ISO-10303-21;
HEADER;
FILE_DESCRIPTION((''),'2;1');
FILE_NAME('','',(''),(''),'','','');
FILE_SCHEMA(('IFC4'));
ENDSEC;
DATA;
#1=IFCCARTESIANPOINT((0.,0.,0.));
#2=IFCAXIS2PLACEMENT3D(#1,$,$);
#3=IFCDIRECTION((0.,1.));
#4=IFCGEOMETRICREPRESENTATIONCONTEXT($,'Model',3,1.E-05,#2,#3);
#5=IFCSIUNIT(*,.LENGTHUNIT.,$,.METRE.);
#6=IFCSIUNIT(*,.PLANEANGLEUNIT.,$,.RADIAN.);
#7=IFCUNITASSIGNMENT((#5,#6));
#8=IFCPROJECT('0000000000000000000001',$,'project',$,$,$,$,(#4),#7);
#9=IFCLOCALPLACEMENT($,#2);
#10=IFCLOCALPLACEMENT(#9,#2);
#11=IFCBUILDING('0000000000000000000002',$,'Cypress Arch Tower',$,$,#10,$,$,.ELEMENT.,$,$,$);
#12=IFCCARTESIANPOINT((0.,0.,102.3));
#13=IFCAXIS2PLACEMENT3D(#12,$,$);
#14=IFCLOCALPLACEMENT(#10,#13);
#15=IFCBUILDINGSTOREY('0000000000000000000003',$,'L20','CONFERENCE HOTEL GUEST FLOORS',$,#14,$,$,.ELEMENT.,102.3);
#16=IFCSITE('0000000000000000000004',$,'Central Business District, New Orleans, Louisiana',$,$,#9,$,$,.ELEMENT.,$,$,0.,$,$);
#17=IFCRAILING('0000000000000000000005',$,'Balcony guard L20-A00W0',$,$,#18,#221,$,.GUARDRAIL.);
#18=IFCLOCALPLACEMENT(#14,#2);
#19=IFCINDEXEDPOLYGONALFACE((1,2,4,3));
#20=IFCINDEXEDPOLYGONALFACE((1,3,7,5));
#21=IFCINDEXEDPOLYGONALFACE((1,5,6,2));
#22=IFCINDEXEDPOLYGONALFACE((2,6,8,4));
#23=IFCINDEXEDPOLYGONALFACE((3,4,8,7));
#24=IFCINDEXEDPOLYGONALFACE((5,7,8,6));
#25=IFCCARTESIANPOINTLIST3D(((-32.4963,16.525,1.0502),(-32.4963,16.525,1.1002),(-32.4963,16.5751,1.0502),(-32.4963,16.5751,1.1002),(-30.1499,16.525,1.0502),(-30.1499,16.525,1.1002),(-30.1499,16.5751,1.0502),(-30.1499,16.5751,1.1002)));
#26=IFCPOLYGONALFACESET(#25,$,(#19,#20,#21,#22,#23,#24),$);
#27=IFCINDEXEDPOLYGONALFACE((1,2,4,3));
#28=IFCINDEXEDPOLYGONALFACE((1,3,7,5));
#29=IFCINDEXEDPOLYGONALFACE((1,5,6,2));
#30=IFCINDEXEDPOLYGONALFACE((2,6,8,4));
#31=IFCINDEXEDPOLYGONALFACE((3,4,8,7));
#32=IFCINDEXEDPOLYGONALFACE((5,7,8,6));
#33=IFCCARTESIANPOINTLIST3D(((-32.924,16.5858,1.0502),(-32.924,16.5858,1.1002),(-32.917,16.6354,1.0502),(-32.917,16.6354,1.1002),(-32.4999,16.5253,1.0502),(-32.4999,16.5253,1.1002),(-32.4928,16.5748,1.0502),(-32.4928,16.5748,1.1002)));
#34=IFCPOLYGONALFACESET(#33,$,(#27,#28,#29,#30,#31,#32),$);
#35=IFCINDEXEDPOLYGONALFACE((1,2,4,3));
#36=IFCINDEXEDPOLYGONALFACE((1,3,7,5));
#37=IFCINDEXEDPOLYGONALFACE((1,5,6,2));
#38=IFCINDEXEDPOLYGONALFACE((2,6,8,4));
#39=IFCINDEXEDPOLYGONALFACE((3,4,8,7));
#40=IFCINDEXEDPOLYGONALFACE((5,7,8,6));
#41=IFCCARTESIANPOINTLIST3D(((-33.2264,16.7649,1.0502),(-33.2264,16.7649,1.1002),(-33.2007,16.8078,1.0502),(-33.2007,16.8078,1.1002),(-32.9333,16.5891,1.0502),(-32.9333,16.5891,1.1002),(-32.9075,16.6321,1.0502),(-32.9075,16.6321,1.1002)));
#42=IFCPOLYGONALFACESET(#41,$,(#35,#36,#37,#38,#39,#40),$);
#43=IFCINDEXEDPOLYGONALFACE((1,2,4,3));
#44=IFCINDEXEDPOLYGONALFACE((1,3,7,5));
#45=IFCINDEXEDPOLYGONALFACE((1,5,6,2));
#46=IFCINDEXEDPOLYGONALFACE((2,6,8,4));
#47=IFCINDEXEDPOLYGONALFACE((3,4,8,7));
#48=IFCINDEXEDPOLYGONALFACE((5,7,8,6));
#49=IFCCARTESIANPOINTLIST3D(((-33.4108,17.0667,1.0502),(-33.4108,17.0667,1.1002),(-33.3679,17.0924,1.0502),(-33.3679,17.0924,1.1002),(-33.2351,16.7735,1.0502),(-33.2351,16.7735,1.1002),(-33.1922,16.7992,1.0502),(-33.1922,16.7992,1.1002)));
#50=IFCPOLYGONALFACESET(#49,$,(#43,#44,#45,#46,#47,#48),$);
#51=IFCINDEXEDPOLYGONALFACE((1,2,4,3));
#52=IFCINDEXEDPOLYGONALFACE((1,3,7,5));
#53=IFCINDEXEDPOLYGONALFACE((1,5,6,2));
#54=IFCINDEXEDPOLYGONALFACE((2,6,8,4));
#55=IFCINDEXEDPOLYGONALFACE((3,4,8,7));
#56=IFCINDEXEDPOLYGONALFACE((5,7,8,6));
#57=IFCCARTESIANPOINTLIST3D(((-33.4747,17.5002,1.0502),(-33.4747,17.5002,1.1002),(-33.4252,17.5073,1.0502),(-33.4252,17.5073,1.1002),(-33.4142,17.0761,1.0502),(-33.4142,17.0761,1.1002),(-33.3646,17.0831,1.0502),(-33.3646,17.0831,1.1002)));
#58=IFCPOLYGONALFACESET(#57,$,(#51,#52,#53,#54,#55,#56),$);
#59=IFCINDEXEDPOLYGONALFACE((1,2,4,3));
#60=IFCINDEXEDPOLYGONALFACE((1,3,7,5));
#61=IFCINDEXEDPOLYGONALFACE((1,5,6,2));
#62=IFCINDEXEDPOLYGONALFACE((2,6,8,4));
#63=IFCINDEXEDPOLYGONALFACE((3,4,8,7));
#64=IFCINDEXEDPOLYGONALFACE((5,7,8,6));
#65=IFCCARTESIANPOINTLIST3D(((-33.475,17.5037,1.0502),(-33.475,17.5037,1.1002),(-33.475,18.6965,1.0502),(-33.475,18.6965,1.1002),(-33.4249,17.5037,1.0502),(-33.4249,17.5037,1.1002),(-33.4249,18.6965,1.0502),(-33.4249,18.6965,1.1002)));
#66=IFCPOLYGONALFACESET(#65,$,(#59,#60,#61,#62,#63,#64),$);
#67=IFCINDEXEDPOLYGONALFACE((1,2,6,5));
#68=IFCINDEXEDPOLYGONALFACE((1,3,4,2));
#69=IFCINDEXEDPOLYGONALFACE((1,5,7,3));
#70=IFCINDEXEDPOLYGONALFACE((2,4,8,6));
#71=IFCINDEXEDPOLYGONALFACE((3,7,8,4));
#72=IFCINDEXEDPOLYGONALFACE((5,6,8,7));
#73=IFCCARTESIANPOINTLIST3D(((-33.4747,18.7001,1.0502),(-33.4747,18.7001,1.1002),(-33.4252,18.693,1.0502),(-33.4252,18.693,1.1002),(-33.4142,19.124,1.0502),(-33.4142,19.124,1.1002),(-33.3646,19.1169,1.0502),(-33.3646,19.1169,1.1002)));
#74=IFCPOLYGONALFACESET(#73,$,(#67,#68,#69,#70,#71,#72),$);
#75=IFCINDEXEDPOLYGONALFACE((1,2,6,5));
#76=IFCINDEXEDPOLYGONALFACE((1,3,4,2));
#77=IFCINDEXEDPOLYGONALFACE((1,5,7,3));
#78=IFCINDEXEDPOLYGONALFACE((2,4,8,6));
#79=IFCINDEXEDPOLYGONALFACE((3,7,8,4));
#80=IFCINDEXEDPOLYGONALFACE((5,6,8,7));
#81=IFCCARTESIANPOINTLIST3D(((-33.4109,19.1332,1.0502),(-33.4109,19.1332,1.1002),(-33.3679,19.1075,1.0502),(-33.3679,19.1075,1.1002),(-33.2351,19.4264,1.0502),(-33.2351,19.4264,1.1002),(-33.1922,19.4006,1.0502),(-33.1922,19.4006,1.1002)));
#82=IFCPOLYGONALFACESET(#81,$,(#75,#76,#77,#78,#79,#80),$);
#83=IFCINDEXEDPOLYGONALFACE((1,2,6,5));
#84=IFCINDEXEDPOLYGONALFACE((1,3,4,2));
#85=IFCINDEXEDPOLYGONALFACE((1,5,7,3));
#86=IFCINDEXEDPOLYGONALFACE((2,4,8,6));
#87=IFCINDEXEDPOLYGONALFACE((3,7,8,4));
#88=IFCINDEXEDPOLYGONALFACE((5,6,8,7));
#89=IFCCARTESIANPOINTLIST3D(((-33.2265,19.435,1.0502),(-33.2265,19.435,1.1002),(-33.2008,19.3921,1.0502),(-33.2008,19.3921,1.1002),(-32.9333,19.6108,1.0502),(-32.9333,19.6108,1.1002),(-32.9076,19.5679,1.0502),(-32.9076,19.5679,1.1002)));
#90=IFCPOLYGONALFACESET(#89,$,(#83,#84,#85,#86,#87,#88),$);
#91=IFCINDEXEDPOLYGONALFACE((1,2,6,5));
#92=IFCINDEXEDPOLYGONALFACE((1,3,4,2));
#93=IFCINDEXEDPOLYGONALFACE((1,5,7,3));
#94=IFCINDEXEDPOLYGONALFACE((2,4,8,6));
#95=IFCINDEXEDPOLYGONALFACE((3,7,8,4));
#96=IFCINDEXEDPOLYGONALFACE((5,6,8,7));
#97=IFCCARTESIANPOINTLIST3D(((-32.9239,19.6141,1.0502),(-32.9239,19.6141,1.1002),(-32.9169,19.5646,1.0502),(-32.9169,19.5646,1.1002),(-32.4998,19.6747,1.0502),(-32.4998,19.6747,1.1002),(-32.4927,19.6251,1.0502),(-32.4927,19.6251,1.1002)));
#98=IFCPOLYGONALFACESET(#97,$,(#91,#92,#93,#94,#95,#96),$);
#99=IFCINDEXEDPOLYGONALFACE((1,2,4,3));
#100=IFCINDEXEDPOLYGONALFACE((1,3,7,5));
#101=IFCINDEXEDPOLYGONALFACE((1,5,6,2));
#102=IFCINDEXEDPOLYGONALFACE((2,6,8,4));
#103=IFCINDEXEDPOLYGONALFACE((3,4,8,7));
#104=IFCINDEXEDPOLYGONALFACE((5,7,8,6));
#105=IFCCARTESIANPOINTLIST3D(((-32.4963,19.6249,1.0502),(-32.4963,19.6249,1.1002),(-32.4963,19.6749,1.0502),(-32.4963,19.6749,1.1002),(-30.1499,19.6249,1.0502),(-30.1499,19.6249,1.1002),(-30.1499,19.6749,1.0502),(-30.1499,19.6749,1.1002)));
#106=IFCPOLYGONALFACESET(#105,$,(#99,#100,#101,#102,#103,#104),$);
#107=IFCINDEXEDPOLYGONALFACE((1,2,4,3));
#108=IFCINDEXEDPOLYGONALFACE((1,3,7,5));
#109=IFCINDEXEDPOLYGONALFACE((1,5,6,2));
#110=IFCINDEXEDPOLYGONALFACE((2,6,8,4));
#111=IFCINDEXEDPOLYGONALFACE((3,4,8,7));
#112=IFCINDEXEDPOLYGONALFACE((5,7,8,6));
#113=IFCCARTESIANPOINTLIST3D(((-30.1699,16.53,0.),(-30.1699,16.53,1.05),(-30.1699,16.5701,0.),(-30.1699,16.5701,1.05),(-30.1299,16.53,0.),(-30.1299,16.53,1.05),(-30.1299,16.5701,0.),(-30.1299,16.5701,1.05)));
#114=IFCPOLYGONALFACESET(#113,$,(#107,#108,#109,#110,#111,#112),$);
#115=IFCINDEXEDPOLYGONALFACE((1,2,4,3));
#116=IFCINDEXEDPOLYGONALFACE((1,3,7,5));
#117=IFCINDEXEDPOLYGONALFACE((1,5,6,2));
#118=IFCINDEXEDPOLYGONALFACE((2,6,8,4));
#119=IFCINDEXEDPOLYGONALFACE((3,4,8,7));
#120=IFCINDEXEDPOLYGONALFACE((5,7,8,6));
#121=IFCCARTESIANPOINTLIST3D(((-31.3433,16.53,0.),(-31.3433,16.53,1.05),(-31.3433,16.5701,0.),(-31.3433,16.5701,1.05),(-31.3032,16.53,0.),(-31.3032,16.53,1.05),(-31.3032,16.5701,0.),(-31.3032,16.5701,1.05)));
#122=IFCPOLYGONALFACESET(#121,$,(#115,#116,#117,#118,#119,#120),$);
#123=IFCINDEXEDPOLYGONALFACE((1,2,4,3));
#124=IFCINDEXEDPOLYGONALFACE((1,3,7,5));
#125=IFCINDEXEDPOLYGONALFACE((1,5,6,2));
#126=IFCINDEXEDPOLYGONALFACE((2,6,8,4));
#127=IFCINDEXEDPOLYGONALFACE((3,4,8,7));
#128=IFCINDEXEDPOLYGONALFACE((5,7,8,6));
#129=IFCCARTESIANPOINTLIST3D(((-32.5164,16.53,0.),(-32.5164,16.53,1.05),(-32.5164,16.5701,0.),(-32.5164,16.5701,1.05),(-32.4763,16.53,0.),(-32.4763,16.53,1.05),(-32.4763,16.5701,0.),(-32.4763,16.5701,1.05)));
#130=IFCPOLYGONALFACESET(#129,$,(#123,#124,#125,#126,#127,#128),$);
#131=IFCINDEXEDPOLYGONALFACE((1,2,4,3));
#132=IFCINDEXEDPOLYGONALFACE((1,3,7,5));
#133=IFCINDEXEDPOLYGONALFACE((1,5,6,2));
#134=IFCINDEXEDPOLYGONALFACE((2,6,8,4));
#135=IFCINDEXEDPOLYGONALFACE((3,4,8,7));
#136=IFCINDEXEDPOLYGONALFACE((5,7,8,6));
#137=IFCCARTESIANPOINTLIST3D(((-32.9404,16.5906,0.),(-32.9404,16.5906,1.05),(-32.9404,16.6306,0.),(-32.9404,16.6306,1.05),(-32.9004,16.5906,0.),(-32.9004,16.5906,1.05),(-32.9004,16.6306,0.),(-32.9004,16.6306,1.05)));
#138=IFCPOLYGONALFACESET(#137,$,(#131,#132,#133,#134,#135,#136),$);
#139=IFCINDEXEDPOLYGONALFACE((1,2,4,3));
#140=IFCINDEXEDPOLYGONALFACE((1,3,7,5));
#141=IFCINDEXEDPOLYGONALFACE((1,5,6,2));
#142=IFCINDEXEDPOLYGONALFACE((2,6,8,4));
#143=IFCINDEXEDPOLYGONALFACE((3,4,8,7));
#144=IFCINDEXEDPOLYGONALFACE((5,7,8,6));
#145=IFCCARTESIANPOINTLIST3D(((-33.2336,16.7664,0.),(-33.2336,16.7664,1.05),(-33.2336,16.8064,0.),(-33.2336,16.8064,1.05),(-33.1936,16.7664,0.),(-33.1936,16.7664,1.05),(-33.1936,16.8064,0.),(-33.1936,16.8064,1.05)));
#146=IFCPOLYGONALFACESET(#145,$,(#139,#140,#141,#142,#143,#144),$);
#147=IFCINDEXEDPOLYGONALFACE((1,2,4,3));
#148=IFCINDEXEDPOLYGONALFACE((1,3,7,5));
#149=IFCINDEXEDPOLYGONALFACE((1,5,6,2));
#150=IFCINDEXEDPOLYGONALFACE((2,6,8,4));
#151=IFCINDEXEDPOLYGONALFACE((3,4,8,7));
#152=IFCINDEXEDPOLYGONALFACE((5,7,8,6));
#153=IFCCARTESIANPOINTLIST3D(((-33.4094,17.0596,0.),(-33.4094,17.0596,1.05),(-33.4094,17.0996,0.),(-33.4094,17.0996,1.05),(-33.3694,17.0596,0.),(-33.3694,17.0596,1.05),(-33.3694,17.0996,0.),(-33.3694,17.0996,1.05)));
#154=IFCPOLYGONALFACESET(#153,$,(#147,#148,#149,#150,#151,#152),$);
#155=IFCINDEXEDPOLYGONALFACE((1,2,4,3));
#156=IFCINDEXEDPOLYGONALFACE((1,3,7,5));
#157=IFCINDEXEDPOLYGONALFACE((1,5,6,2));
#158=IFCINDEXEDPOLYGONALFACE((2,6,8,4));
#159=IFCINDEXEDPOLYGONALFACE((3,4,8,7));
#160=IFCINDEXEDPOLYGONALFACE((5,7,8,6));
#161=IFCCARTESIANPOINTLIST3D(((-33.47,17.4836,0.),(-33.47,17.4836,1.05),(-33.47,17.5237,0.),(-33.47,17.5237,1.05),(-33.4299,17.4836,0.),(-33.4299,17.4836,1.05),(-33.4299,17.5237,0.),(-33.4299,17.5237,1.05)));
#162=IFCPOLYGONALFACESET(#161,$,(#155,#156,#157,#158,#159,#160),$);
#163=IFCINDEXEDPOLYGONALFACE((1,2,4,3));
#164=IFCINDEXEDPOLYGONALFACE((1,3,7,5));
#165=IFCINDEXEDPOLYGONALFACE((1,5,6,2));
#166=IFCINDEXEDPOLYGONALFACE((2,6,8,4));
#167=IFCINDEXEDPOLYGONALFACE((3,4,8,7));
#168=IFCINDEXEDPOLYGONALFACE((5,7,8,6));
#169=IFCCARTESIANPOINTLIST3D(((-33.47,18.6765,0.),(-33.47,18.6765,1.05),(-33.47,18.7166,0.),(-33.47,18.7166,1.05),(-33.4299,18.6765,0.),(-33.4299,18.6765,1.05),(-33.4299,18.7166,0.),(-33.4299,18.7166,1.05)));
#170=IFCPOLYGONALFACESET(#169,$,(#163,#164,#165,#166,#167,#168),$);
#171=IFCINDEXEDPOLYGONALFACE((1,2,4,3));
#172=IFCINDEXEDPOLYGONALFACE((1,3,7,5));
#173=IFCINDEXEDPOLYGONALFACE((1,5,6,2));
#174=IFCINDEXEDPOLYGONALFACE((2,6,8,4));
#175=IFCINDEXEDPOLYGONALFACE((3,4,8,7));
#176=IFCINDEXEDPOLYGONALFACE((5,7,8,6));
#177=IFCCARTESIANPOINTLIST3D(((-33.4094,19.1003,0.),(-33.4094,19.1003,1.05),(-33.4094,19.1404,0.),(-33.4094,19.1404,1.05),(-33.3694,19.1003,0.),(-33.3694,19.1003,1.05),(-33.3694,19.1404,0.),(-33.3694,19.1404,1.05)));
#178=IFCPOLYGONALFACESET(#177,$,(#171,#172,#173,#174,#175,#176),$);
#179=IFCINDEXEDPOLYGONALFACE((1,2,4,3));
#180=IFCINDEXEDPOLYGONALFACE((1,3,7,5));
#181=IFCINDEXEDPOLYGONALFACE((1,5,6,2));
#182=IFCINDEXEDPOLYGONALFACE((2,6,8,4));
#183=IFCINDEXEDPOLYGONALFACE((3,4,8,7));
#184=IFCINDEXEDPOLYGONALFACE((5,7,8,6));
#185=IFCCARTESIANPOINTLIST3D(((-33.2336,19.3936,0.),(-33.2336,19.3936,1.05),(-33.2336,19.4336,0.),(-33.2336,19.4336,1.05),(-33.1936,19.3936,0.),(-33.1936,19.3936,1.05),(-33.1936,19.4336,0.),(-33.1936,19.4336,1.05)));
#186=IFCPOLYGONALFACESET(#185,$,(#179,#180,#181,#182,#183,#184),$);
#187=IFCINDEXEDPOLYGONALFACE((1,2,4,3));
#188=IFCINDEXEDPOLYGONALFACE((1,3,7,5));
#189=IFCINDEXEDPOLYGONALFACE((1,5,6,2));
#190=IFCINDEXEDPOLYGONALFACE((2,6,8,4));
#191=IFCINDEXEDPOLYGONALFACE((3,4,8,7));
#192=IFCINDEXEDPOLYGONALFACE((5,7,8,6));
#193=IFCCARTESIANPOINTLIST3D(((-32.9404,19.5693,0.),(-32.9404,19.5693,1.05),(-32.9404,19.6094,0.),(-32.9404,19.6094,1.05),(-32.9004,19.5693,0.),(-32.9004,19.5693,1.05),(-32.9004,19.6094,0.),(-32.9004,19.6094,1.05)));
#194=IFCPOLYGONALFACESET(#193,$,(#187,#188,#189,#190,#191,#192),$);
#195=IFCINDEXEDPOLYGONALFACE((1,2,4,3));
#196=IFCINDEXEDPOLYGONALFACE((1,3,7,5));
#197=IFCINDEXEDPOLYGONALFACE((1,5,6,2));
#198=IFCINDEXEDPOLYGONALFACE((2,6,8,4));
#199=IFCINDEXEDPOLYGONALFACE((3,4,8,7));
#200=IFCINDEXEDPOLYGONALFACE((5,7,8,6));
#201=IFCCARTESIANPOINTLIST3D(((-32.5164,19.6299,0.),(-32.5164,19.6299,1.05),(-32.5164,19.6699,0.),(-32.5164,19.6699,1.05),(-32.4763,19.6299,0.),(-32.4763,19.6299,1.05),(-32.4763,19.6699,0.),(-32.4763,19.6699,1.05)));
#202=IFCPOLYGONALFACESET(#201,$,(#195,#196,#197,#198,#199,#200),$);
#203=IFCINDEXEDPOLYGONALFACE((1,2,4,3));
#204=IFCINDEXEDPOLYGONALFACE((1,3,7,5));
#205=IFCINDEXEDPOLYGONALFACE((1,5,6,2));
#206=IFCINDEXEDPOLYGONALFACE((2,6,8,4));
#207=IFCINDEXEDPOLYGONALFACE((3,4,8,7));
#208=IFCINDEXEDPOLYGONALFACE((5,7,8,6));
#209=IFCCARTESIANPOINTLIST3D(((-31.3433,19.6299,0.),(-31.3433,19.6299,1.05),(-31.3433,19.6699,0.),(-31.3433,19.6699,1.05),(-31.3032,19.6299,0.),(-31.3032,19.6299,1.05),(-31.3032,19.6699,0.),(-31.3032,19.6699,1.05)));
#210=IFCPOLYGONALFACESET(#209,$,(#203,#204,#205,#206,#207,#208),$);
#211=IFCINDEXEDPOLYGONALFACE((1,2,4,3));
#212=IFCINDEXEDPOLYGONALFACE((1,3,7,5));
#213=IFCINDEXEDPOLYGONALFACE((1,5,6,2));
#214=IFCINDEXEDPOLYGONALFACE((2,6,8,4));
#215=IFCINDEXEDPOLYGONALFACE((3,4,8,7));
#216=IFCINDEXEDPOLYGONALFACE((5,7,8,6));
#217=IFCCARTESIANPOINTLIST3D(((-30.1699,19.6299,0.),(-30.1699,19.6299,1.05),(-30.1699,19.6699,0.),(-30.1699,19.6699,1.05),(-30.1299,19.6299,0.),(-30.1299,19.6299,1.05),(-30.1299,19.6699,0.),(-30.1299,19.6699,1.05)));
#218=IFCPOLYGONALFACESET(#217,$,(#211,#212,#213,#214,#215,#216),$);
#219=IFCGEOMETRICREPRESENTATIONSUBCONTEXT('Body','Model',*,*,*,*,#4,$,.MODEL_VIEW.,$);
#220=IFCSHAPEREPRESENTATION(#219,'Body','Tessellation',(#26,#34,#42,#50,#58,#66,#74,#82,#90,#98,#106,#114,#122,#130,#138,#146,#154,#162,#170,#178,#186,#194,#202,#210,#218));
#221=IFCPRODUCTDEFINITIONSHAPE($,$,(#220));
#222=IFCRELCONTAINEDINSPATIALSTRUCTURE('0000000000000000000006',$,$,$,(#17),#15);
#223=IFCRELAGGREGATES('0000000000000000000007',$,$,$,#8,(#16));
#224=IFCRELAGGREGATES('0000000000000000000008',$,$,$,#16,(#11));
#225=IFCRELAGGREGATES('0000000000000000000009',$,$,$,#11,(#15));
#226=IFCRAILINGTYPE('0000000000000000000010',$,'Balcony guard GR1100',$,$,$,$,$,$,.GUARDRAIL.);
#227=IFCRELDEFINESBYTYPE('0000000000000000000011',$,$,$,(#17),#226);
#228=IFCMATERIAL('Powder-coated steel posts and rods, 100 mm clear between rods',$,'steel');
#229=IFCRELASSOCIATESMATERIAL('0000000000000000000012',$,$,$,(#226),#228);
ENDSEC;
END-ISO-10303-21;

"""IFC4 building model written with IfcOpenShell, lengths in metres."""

from ifc_helpers import new_model, si_unit, direction, frame, origin, origin_2d, place, context, subcontext, project, spatial, rectangle, extrude, material, type_object, element, save


model = new_model("IFC4")

# Units and contexts
model_context = context("Model", 3, precision=1e-05, world=origin(), true_north=direction((0.0, 1.0)))
body_context = subcontext(model_context, "Body", "Model", "MODEL_VIEW")
ifc_project = project(units=[si_unit("LENGTHUNIT", "METRE"), si_unit("PLANEANGLEUNIT", "RADIAN")], contexts=[model_context])

# Site, building, storey
site_placement = place(None, origin())
site = spatial("IfcSite", under=ifc_project, at=site_placement, Name="Central Business District, New Orleans, Louisiana", CompositionType="ELEMENT", RefElevation=0.0)
building_placement = place(site_placement, origin())
building = spatial("IfcBuilding", under=site, at=building_placement, Name="Cypress Arch Tower", CompositionType="ELEMENT")
storey_placement = place(building_placement, frame((0.0, 0.0, 102.3)))
storey = spatial("IfcBuildingStorey", under=building, at=storey_placement, Name="L20", Description="CONFERENCE HOTEL GUEST FLOORS", CompositionType="ELEMENT", Elevation=102.3)

# Railing
ifc_material_1 = material(Name="Powder-coated steel posts and rods, 100 mm clear between rods", Category="steel")
railing_type_1 = type_object("IfcRailingType", Name="Balcony guard GR1100", PredefinedType="GUARDRAIL", material=ifc_material_1)
railing_1_placement = place(storey_placement, frame((-30.1499, 16.55, 0.0)))
element("IfcRailing", 1, at=railing_1_placement, inside=storey, type_object=railing_type_1, Name="Balcony guard L20-A00W0", PredefinedType="GUARDRAIL", context=body_context, shape_type="SweptSolid", body=[
    extrude(rectangle(XDim=0.05, YDim=0.05, at=origin_2d()), frame((0.0, 0.0, 1.0752), z_axis=(-1.0, 0.0, 0.0), x_axis=(0.0, -1.0, 0.0)), (0.0, 0.0, 1.0), 2.3464),
    extrude(rectangle(XDim=0.05, YDim=0.05, at=origin_2d()), frame((-2.3464, 0.0, 1.0752), z_axis=(-0.989961, 0.141342, 0.0), x_axis=(-0.141342, -0.989961, 0.0)), (0.0, 0.0, 1.0), 0.4285),
    extrude(rectangle(XDim=0.05, YDim=0.05, at=origin_2d()), frame((-2.7705, 0.0605, 1.0752), z_axis=(-0.857682, 0.514181, 0.0), x_axis=(-0.514181, -0.857682, 0.0)), (0.0, 0.0, 1.0), 0.3418),
    extrude(rectangle(XDim=0.05, YDim=0.05, at=origin_2d()), frame((-3.0637, 0.2363, 1.0752), z_axis=(-0.514181, 0.857682, 0.0), x_axis=(-0.857682, -0.514181, 0.0)), (0.0, 0.0, 1.0), 0.3418),
    extrude(rectangle(XDim=0.05, YDim=0.05, at=origin_2d()), frame((-3.2395, 0.5295, 1.0752), z_axis=(-0.141342, 0.989961, 0.0), x_axis=(-0.989961, -0.141342, 0.0)), (0.0, 0.0, 1.0), 0.4285),
    extrude(rectangle(XDim=0.05, YDim=0.05, at=origin_2d()), frame((-3.3, 0.9536, 1.0752), z_axis=(0.0, 1.0, 0.0), x_axis=(-1.0, 0.0, 0.0)), (0.0, 0.0, 1.0), 1.1929),
    extrude(rectangle(XDim=0.05, YDim=0.05, at=origin_2d()), frame((-3.3, 2.1465, 1.0752), z_axis=(0.141421, 0.989949, 0.0), x_axis=(-0.989949, 0.141421, 0.0)), (0.0, 0.0, 1.0), 0.4282),
    extrude(rectangle(XDim=0.05, YDim=0.05, at=origin_2d()), frame((-3.2395, 2.5703, 1.0752), z_axis=(0.514181, 0.857682, 0.0), x_axis=(-0.857682, 0.514181, 0.0)), (0.0, 0.0, 1.0), 0.3418),
    extrude(rectangle(XDim=0.05, YDim=0.05, at=origin_2d()), frame((-3.0637, 2.8635, 1.0752), z_axis=(0.857682, 0.514181, 0.0), x_axis=(-0.514181, 0.857682, 0.0)), (0.0, 0.0, 1.0), 0.3418),
    extrude(rectangle(XDim=0.05, YDim=0.05, at=origin_2d()), frame((-2.7705, 3.0393, 1.0752), z_axis=(0.989961, 0.141342, 0.0), x_axis=(-0.141342, 0.989961, 0.0)), (0.0, 0.0, 1.0), 0.4285),
    extrude(rectangle(XDim=0.05, YDim=0.05, at=origin_2d()), frame((-2.3464, 3.0999, 1.0752), z_axis=(1.0, 0.0, 0.0), x_axis=(0.0, 1.0, 0.0)), (0.0, 0.0, 1.0), 2.3464),
    extrude(rectangle(XDim=0.04, YDim=0.04, at=origin_2d()), origin(), (0.0, 0.0, 1.0), 1.05),
    extrude(rectangle(XDim=0.04, YDim=0.04, at=origin_2d()), frame((-1.1733, 0.0, 0.0)), (0.0, 0.0, 1.0), 1.05),
    extrude(rectangle(XDim=0.04, YDim=0.04, at=origin_2d()), frame((-2.3464, 0.0, 0.0)), (0.0, 0.0, 1.0), 1.05),
    extrude(rectangle(XDim=0.04, YDim=0.04, at=origin_2d()), frame((-2.7705, 0.0605, 0.0)), (0.0, 0.0, 1.0), 1.05),
    extrude(rectangle(XDim=0.04, YDim=0.04, at=origin_2d()), frame((-3.0637, 0.2363, 0.0)), (0.0, 0.0, 1.0), 1.05),
    extrude(rectangle(XDim=0.04, YDim=0.04, at=origin_2d()), frame((-3.2395, 0.5295, 0.0)), (0.0, 0.0, 1.0), 1.05),
    extrude(rectangle(XDim=0.04, YDim=0.04, at=origin_2d()), frame((-3.3, 0.9536, 0.0)), (0.0, 0.0, 1.0), 1.05),
    extrude(rectangle(XDim=0.04, YDim=0.04, at=origin_2d()), frame((-3.3, 2.1465, 0.0)), (0.0, 0.0, 1.0), 1.05),
    extrude(rectangle(XDim=0.04, YDim=0.04, at=origin_2d()), frame((-3.2395, 2.5703, 0.0)), (0.0, 0.0, 1.0), 1.05),
    extrude(rectangle(XDim=0.04, YDim=0.04, at=origin_2d()), frame((-3.0637, 2.8635, 0.0)), (0.0, 0.0, 1.0), 1.05),
    extrude(rectangle(XDim=0.04, YDim=0.04, at=origin_2d()), frame((-2.7705, 3.0393, 0.0)), (0.0, 0.0, 1.0), 1.05),
    extrude(rectangle(XDim=0.04, YDim=0.04, at=origin_2d()), frame((-2.3464, 3.0999, 0.0)), (0.0, 0.0, 1.0), 1.05),
    extrude(rectangle(XDim=0.04, YDim=0.04, at=origin_2d()), frame((-1.1733, 3.0999, 0.0)), (0.0, 0.0, 1.0), 1.05),
    extrude(rectangle(XDim=0.04, YDim=0.04, at=origin_2d()), frame((0.0, 3.0999, 0.0)), (0.0, 0.0, 1.0), 1.05),
])

save(model, "model.ifc")
